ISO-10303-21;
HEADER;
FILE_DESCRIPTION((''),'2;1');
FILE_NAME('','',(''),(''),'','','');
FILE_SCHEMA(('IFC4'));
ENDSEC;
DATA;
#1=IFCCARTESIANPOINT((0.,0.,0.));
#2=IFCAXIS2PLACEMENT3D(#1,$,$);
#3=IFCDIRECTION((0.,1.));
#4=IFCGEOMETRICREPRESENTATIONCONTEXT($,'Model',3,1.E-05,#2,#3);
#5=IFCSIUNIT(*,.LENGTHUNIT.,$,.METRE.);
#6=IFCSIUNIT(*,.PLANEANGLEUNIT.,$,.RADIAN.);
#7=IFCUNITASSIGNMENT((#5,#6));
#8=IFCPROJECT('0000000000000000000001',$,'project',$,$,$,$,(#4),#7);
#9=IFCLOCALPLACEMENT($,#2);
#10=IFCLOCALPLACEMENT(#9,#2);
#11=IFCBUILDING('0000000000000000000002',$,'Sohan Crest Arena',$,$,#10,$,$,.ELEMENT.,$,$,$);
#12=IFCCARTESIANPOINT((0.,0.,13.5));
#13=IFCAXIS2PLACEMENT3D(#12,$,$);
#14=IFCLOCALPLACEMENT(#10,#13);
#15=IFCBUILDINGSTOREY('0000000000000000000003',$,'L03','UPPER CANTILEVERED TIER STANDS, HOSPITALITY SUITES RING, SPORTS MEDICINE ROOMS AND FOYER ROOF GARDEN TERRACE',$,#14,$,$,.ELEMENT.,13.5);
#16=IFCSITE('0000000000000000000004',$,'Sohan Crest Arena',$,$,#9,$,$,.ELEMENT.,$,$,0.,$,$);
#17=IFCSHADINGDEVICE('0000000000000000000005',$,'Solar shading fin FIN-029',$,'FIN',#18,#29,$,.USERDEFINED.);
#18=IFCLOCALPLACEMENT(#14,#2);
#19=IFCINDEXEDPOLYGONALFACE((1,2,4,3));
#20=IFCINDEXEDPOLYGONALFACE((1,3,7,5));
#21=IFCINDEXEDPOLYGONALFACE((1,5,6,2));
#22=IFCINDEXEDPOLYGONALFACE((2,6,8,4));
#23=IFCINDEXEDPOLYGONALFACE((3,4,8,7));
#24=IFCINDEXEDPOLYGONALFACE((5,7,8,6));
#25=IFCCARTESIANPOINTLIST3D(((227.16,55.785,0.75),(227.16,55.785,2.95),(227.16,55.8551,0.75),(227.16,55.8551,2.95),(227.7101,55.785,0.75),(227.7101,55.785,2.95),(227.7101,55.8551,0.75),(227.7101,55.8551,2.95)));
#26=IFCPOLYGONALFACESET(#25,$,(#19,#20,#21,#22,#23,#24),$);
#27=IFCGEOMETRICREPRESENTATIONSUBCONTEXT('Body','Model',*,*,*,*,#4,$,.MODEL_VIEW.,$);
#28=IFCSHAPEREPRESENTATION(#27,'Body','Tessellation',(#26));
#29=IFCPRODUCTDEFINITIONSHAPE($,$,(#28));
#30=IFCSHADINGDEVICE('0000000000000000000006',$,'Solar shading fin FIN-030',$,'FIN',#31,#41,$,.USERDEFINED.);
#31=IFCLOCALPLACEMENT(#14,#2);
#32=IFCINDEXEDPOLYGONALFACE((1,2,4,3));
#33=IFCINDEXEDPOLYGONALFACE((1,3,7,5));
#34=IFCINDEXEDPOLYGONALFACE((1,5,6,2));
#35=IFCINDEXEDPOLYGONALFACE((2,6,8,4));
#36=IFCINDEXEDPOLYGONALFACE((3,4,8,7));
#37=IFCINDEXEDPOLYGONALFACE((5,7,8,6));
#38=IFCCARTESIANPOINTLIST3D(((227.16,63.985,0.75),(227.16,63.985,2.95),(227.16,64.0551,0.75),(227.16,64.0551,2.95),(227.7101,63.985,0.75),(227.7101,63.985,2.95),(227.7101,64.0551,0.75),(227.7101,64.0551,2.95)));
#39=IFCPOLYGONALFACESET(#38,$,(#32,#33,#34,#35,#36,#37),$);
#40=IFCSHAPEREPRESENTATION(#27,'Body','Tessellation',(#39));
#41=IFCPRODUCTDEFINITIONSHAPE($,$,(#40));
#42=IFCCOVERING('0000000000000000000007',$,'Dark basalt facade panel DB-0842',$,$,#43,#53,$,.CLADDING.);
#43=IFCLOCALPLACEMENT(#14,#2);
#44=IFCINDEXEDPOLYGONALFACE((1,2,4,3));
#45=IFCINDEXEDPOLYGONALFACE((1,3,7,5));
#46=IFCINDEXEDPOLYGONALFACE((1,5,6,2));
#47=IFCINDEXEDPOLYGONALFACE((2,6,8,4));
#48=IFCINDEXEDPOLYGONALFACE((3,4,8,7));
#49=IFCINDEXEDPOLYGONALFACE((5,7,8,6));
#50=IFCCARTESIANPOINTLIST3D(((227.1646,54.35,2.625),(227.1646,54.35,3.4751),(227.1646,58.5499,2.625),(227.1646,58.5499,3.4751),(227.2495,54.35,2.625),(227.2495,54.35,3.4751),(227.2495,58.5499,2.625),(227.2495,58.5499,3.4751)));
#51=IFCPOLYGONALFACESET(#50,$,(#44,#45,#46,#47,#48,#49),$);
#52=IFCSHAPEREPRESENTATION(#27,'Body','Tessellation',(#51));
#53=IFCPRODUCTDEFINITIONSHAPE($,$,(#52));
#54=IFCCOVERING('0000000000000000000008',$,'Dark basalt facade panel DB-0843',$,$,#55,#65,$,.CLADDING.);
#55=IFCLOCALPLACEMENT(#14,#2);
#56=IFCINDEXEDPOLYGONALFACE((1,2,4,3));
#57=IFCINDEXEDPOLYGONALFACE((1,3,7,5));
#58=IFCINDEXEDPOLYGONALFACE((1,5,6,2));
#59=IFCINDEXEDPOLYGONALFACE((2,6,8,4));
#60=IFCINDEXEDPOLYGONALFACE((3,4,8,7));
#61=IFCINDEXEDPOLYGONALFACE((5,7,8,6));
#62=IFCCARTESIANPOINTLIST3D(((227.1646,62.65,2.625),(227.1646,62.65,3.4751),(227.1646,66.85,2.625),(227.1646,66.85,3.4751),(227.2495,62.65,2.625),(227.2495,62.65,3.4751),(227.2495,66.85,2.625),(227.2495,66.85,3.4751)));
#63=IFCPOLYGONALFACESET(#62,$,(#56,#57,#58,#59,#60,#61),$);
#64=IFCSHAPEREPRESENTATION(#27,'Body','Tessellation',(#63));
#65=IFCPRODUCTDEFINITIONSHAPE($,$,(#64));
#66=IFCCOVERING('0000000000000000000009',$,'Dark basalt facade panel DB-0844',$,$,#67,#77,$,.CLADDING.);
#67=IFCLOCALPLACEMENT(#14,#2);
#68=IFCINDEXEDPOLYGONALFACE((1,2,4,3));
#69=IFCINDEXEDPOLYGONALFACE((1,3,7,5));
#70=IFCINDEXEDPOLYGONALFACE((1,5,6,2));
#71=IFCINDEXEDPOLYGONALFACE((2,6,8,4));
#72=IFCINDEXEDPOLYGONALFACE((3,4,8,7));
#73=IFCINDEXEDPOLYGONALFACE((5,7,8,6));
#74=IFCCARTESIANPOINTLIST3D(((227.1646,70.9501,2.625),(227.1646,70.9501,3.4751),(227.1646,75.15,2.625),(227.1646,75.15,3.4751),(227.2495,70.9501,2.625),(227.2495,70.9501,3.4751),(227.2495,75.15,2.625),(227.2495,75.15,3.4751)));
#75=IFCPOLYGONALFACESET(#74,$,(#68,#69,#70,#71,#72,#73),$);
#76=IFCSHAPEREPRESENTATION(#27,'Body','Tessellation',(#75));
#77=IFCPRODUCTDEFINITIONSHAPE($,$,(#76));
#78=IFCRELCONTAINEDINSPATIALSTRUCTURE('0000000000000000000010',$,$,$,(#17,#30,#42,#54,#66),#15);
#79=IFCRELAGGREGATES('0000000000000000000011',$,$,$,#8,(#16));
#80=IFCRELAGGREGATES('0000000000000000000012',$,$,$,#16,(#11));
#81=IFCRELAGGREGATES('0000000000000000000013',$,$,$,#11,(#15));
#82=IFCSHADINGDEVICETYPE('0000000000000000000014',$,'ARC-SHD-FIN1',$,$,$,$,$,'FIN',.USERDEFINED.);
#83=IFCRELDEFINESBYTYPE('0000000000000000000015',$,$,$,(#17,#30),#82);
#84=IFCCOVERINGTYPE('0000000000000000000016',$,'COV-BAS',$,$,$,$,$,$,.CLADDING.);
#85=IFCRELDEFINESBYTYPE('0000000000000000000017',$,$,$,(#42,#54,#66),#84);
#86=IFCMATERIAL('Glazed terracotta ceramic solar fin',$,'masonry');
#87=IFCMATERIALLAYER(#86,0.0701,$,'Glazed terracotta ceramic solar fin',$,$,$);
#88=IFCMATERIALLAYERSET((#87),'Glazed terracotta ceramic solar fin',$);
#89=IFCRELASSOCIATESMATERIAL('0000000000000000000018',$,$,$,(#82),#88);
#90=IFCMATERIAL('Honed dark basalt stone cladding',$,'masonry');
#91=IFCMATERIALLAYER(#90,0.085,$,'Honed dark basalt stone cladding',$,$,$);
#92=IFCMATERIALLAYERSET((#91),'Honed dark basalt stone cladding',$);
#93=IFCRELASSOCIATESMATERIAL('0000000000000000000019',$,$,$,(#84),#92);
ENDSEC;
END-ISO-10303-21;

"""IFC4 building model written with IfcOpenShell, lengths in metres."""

from ifc_helpers import new_model, si_unit, direction, frame, origin, origin_2d, place, context, subcontext, project, spatial, rectangle, extrude, material, layer, layer_set, type_object, element, save


model = new_model("IFC4")

# Units and contexts
model_context = context("Model", 3, precision=1e-05, world=origin(), true_north=direction((0.0, 1.0)))
body_context = subcontext(model_context, "Body", "Model", "MODEL_VIEW")
ifc_project = project(units=[si_unit("LENGTHUNIT", "METRE"), si_unit("PLANEANGLEUNIT", "RADIAN")], contexts=[model_context])

# Site, building, storey
site_placement = place(None, origin())
site = spatial("IfcSite", under=ifc_project, at=site_placement, Name="Sohan Crest Arena", CompositionType="ELEMENT", RefElevation=0.0)
building_placement = place(site_placement, origin())
building = spatial("IfcBuilding", under=site, at=building_placement, Name="Sohan Crest Arena", CompositionType="ELEMENT")
storey_placement = place(building_placement, frame((0.0, 0.0, 13.5)))
storey = spatial("IfcBuildingStorey", under=building, at=storey_placement, Name="L03", Description="UPPER CANTILEVERED TIER STANDS, HOSPITALITY SUITES RING, SPORTS MEDICINE ROOMS AND FOYER ROOF GARDEN TERRACE", CompositionType="ELEMENT", Elevation=13.5)

# Shading devices
ifc_material_1 = material(Name="Glazed terracotta ceramic solar fin", Category="masonry")
ifc_layer_1 = layer(ifc_material_1, 0.0701, Name="Glazed terracotta ceramic solar fin")
ifc_layer_set_1 = layer_set([ifc_layer_1], Name="Glazed terracotta ceramic solar fin")
shading_device_type = type_object("IfcShadingDeviceType", Name="ARC-SHD-FIN1", ElementType="FIN", PredefinedType="USERDEFINED", material=ifc_layer_set_1)
for number, where, z_axis, x_axis, name in (
    (1, (227.4351, 55.8201, 0.75), (0.0, 0.0, 1.0), (0.0, 1.0, 0.0), "Solar shading fin FIN-029"),
    (2, (227.4351, 64.02, 0.75), (0.0, 0.0, 1.0), (0.0, 1.0, 0.0), "Solar shading fin FIN-030"),
):
    element("IfcShadingDevice", number, at=place(storey_placement, frame(where, z_axis=z_axis, x_axis=x_axis)), inside=storey, type_object=shading_device_type, Name=name, ObjectType="FIN", PredefinedType="USERDEFINED", context=body_context, shape_type="SweptSolid", body=[
        extrude(rectangle(XDim=0.0701, YDim=0.55, at=origin_2d()), origin(), (0.0, 0.0, 1.0), 2.2),
    ])

# Coverings
ifc_material_2 = material(Name="Honed dark basalt stone cladding", Category="masonry")
ifc_layer_2 = layer(ifc_material_2, 0.085, Name="Honed dark basalt stone cladding")
ifc_layer_set_2 = layer_set([ifc_layer_2], Name="Honed dark basalt stone cladding")
covering_type = type_object("IfcCoveringType", Name="COV-BAS", PredefinedType="CLADDING", material=ifc_layer_set_2)
for number, where, z_axis, x_axis, name in (
    (3, (227.207, 56.45, 2.625), (0.0, 0.0, 1.0), (0.0, 1.0, 0.0), "Dark basalt facade panel DB-0842"),
    (4, (227.207, 64.75, 2.625), (0.0, 0.0, 1.0), (0.0, 1.0, 0.0), "Dark basalt facade panel DB-0843"),
    (5, (227.207, 73.05, 2.625), (0.0, 0.0, 1.0), (0.0, 1.0, 0.0), "Dark basalt facade panel DB-0844"),
):
    element("IfcCovering", number, at=place(storey_placement, frame(where, z_axis=z_axis, x_axis=x_axis)), inside=storey, type_object=covering_type, Name=name, PredefinedType="CLADDING", context=body_context, shape_type="SweptSolid", body=[
        extrude(rectangle(XDim=4.2, YDim=0.085, at=origin_2d()), origin(), (0.0, 0.0, 1.0), 0.8501),
    ])

save(model, "model.ifc")
